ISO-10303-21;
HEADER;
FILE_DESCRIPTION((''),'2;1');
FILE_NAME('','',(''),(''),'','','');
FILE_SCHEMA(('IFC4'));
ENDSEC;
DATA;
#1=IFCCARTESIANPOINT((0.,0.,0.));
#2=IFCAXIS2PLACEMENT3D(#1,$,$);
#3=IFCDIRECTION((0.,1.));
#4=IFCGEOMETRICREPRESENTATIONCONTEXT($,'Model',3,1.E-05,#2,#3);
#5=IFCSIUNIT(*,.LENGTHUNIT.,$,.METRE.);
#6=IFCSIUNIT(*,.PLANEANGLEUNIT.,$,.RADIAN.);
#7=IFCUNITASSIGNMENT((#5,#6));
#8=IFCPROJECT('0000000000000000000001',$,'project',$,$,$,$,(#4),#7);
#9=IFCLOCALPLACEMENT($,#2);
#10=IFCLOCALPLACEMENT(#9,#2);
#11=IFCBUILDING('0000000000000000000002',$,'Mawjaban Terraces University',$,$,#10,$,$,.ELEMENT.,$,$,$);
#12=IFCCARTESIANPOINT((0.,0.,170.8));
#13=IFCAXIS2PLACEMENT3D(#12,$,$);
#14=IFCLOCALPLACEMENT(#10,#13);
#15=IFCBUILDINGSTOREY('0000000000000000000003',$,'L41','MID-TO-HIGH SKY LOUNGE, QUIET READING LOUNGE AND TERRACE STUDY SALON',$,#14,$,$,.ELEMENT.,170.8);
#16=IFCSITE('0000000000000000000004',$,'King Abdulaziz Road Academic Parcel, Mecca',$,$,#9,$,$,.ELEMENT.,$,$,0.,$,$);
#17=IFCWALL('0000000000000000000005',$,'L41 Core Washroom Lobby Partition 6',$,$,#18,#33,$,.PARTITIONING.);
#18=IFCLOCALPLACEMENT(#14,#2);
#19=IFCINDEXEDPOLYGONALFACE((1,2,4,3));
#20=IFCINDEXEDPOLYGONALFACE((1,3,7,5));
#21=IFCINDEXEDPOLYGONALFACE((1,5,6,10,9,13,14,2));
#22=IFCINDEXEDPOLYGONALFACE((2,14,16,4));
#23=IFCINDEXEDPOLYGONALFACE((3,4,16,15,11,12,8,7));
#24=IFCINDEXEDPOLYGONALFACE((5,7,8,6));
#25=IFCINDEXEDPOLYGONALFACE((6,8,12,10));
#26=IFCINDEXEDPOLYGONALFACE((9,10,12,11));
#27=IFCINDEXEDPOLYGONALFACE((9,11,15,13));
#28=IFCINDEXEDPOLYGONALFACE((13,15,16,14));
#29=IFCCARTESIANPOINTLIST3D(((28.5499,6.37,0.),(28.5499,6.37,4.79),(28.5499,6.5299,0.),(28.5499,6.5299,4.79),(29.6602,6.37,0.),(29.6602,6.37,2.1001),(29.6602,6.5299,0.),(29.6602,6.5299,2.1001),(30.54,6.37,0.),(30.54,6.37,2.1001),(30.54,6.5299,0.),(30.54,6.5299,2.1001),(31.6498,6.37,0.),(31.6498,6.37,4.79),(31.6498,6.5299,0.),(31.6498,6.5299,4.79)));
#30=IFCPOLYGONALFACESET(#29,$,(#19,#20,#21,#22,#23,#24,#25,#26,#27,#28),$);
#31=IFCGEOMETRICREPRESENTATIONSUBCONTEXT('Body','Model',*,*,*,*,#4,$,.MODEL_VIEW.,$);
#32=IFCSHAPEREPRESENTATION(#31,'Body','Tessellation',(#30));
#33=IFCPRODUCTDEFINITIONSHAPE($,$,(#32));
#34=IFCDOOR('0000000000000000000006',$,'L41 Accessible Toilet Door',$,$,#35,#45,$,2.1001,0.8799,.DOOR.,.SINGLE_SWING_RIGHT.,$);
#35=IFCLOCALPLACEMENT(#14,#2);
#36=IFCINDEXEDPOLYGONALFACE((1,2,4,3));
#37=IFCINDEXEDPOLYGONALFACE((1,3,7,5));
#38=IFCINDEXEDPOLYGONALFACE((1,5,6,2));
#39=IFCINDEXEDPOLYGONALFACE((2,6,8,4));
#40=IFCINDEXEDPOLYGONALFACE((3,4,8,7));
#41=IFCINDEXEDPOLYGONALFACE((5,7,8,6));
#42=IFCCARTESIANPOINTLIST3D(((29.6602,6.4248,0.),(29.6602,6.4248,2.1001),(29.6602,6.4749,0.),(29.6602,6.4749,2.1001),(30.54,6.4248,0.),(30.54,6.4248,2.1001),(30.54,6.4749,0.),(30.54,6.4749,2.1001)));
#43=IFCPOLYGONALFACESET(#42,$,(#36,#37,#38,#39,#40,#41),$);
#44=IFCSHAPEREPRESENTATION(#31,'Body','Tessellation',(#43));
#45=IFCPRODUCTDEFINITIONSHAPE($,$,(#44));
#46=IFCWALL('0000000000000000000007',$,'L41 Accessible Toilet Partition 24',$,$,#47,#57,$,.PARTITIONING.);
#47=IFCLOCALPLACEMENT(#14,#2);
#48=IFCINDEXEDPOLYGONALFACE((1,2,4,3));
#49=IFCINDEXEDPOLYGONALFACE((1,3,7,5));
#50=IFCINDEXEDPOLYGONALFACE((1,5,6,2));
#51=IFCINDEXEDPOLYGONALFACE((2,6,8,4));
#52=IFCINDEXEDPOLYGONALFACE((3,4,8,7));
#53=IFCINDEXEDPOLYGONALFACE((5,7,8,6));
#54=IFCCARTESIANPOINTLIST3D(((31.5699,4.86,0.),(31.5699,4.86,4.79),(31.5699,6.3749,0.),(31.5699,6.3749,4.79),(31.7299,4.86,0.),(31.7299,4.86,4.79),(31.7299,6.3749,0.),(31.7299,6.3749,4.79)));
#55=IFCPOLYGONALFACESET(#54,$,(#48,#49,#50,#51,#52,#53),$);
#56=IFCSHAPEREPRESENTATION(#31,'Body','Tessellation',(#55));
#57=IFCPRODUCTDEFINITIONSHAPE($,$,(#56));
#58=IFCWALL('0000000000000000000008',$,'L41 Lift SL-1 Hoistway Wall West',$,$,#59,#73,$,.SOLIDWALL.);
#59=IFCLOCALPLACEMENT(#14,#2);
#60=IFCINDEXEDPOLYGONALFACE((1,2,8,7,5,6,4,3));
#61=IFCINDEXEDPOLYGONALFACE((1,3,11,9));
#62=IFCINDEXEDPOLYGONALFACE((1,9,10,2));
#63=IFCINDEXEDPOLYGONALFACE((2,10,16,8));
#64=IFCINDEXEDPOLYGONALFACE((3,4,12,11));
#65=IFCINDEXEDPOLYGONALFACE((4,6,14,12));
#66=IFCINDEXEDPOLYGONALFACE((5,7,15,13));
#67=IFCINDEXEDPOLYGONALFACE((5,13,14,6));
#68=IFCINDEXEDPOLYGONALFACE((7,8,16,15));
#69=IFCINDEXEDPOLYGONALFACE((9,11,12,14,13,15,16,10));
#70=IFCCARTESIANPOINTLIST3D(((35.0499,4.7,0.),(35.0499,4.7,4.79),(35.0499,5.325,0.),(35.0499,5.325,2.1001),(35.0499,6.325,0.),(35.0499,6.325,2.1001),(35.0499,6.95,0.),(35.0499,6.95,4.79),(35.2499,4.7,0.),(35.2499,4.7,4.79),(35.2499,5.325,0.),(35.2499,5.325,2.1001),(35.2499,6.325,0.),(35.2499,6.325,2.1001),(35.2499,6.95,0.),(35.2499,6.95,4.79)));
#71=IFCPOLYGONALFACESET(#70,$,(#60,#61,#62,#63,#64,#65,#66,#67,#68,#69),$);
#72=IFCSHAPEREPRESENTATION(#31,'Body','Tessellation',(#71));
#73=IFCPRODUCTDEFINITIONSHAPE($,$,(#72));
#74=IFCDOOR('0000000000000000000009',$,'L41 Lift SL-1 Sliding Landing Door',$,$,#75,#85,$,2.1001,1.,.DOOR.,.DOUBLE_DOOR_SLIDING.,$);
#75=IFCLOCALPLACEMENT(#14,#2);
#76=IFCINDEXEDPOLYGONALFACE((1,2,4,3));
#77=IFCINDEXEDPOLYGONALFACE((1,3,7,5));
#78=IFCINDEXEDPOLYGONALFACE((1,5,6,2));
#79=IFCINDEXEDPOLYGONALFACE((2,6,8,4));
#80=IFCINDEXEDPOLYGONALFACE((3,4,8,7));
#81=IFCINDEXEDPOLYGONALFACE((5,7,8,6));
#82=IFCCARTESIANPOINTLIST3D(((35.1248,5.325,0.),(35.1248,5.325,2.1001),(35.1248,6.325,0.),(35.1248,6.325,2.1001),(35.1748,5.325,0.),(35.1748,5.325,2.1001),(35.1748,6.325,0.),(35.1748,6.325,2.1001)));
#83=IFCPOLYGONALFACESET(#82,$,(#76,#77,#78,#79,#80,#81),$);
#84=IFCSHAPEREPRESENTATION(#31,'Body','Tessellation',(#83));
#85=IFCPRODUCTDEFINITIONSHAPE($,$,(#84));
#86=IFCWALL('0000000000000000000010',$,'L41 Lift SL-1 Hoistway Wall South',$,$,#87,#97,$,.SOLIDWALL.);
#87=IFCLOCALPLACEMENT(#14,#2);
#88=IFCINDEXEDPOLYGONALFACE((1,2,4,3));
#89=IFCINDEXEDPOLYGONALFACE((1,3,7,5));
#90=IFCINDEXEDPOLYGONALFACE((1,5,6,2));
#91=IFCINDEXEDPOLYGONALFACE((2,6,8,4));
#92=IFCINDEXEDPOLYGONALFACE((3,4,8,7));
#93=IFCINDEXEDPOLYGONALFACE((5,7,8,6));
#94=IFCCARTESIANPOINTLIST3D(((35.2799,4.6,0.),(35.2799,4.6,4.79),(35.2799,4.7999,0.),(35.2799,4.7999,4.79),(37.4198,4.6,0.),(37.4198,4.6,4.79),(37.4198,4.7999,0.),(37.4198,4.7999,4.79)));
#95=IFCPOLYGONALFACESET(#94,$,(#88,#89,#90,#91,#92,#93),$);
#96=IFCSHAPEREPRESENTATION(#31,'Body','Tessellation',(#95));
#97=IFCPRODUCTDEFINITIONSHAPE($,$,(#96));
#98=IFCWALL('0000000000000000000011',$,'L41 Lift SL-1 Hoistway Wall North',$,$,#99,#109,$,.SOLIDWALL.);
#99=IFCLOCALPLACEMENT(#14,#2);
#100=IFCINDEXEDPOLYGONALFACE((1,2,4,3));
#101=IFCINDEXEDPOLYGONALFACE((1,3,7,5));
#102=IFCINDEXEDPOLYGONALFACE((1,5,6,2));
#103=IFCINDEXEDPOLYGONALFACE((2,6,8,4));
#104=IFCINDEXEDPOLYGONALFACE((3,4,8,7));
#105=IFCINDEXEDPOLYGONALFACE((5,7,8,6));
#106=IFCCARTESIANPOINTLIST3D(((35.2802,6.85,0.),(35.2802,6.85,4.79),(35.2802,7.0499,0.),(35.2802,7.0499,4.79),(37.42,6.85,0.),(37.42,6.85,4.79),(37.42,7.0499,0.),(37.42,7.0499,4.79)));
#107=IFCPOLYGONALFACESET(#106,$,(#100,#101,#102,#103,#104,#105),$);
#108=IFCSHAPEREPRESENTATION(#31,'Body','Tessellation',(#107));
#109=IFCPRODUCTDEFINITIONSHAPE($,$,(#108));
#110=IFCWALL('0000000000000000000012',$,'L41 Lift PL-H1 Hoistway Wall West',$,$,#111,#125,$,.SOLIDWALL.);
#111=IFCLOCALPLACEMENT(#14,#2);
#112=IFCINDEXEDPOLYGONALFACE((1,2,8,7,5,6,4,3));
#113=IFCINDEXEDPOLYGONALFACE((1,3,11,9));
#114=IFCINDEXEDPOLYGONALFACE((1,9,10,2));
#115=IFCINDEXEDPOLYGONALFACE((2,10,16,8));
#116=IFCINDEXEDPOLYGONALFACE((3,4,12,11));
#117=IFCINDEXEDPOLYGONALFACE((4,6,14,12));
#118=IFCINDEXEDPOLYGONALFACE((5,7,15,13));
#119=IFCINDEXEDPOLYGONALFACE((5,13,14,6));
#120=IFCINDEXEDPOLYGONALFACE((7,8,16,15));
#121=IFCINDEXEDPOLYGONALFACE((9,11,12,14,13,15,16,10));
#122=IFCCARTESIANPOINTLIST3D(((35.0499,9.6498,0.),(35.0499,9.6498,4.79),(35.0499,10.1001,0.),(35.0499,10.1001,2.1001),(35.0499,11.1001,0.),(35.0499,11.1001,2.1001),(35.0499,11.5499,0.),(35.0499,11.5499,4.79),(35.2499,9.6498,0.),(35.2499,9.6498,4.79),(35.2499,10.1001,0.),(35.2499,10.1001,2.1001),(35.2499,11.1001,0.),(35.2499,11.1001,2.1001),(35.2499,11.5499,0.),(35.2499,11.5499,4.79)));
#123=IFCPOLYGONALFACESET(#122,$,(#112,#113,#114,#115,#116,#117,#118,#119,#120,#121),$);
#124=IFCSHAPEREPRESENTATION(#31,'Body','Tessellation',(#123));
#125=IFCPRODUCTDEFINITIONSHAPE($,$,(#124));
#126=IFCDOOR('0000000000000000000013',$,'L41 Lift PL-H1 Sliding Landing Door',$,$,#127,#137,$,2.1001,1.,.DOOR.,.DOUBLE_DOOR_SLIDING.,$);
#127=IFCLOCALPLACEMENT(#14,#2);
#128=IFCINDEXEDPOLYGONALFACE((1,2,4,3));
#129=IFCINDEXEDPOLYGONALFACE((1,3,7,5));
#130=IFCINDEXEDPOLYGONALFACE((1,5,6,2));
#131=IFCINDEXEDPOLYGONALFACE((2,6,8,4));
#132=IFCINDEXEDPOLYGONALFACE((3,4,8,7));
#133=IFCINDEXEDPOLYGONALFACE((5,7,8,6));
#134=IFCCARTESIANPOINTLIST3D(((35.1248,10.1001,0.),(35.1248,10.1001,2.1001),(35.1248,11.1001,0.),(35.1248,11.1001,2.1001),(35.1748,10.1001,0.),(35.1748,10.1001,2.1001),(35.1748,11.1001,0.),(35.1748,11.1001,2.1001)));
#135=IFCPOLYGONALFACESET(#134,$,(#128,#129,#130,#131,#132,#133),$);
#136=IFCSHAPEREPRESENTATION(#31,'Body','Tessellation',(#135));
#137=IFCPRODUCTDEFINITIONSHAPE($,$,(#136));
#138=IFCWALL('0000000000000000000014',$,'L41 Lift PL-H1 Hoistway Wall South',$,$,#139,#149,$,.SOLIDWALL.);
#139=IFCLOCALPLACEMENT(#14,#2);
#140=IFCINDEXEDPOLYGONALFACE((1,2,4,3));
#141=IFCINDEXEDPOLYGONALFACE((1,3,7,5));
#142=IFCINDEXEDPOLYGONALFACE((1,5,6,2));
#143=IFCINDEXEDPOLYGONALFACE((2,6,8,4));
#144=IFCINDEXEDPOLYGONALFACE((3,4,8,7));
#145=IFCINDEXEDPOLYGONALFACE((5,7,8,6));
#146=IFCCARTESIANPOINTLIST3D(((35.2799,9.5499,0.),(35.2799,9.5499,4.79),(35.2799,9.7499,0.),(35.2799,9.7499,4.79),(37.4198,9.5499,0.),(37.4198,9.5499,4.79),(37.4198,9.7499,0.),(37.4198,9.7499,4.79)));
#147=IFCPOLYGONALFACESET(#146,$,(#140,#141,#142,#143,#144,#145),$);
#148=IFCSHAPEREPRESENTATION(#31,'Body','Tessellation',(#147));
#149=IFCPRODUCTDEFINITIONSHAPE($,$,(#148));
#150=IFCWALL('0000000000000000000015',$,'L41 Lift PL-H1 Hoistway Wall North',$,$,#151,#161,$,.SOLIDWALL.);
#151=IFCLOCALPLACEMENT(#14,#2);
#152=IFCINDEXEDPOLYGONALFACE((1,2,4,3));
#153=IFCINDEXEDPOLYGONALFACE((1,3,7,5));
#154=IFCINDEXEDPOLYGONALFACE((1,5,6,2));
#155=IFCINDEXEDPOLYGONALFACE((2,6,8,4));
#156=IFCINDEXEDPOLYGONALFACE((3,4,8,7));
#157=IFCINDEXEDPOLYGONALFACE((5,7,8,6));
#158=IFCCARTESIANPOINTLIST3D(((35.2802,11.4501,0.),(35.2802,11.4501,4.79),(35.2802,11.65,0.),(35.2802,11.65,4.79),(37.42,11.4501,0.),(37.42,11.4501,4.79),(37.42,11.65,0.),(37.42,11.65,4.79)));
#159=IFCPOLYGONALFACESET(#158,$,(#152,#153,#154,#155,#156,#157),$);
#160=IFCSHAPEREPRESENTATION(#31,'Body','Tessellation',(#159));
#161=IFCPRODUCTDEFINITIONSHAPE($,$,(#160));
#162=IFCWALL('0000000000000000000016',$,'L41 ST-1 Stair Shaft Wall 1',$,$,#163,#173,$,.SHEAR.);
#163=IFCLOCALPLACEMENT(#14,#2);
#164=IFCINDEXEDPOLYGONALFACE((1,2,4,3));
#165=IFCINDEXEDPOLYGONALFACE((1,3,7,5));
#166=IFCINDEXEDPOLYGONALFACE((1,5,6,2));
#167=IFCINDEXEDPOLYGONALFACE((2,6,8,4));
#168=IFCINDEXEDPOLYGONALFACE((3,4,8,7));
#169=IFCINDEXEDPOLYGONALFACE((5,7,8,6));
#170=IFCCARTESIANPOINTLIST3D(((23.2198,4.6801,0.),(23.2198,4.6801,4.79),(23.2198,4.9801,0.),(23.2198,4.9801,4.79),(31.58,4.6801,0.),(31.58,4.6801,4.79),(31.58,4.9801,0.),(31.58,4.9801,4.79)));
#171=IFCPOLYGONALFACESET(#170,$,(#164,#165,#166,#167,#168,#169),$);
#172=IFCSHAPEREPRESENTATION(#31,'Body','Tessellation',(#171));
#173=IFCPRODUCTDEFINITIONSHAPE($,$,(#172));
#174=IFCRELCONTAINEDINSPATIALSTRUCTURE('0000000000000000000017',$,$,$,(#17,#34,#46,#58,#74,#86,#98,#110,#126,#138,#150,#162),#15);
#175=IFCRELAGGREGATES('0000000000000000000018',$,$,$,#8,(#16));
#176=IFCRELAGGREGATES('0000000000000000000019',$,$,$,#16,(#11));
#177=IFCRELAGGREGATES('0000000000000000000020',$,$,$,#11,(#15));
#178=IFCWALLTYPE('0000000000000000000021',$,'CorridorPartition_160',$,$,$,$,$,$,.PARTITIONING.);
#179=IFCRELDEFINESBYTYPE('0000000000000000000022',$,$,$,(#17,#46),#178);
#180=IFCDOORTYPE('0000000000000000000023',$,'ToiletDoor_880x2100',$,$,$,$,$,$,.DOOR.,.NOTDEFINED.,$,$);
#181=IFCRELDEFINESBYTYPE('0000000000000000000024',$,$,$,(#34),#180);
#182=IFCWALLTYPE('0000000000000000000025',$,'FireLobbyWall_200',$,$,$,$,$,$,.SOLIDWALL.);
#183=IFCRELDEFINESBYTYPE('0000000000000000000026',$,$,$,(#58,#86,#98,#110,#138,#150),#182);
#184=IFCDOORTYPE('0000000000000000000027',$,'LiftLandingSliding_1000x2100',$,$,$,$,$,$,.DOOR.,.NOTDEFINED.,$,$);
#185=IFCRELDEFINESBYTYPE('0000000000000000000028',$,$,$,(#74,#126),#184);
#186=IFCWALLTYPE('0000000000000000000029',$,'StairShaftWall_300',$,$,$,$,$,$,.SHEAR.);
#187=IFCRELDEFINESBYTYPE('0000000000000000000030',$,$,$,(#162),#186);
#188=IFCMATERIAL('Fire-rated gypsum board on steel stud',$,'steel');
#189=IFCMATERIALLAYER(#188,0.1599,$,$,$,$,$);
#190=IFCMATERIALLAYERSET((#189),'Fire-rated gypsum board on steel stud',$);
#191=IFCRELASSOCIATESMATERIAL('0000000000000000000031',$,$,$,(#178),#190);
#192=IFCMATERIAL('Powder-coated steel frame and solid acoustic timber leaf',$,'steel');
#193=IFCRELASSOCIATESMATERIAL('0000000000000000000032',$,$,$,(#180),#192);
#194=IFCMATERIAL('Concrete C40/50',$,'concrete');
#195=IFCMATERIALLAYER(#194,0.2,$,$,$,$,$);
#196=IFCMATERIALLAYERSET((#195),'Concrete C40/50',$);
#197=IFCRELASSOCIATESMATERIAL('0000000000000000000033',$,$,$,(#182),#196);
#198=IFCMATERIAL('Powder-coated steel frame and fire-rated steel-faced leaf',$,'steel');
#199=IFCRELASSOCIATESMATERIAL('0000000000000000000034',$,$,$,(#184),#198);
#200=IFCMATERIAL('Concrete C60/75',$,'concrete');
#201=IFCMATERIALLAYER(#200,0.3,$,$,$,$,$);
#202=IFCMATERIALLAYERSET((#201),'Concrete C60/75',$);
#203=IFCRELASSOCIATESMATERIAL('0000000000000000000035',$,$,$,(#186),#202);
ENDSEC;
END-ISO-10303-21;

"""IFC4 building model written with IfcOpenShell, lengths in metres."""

from ifc_helpers import new_model, si_unit, direction, frame, frame_2d, origin, place, context, subcontext, project, spatial, rectangle, extrude, material, layer, layer_set, type_object, element, fill, save


model = new_model("IFC4")

# Units and contexts
model_context = context("Model", 3, precision=1e-05, world=origin(), true_north=direction((0.0, 1.0)))
body_context = subcontext(model_context, "Body", "Model", "MODEL_VIEW")
ifc_project = project(units=[si_unit("LENGTHUNIT", "METRE"), si_unit("PLANEANGLEUNIT", "RADIAN")], contexts=[model_context])

# Site, building, storey
site_placement = place(None, origin())
site = spatial("IfcSite", under=ifc_project, at=site_placement, Name="King Abdulaziz Road Academic Parcel, Mecca", CompositionType="ELEMENT", RefElevation=0.0)
building_placement = place(site_placement, origin())
building = spatial("IfcBuilding", under=site, at=building_placement, Name="Mawjaban Terraces University", CompositionType="ELEMENT")
storey_placement = place(building_placement, frame((0.0, 0.0, 170.8)))
storey = spatial("IfcBuildingStorey", under=building, at=storey_placement, Name="L41", Description="MID-TO-HIGH SKY LOUNGE, QUIET READING LOUNGE AND TERRACE STUDY SALON", CompositionType="ELEMENT", Elevation=170.8)

# Wall, opening, door
ifc_material_1 = material(Name="Fire-rated gypsum board on steel stud", Category="steel")
ifc_layer_1 = layer(ifc_material_1, 0.1599)
ifc_layer_set_1 = layer_set([ifc_layer_1], Name="Fire-rated gypsum board on steel stud")
wall_type_1 = type_object("IfcWallType", Name="CorridorPartition_160", PredefinedType="PARTITIONING", material=ifc_layer_set_1)
wall_1_placement = place(storey_placement, frame((28.55, 6.45, 0.0), z_axis=(0.0, 0.0, 1.0), x_axis=(1.0, 0.0, 0.0)))
wall_1 = element("IfcWall", 1, at=wall_1_placement, inside=storey, type_object=wall_type_1, Name="L41 Core Washroom Lobby Partition 6", PredefinedType="PARTITIONING", context=body_context, shape_type="SweptSolid", body=[
    extrude(rectangle(XDim=3.0999, YDim=0.1599, at=frame_2d((1.5498, 0.0))), origin(), (0.0, 0.0, 1.0), 4.79),
])
opening_1_placement = place(wall_1_placement, frame((1.1101, 0.0, 0.0)))
opening_1 = element("IfcOpeningElement", 2, at=opening_1_placement, cuts=wall_1, PredefinedType="OPENING", context=body_context, shape_type="SweptSolid", body=[
    extrude(rectangle(XDim=0.8799, YDim=2.1001, at=frame_2d((0.4399, 1.05))), frame((0.0, 0.0898, 0.0), z_axis=(0.0, -1.0, 0.0), x_axis=(1.0, 0.0, 0.0)), (0.0, 0.0, 1.0), 0.1799),
])
ifc_material_2 = material(Name="Powder-coated steel frame and solid acoustic timber leaf", Category="steel")
door_type_1 = type_object("IfcDoorType", Name="ToiletDoor_880x2100", OperationType="NOTDEFINED", PredefinedType="DOOR", material=ifc_material_2)
door_1_placement = place(opening_1_placement, origin())
door_1 = element("IfcDoor", 3, at=door_1_placement, inside=storey, type_object=door_type_1, Name="L41 Accessible Toilet Door", OperationType="SINGLE_SWING_RIGHT", OverallHeight=2.1001, OverallWidth=0.8799, PredefinedType="DOOR", context=body_context, shape_type="SweptSolid", body=[
    extrude(rectangle(XDim=0.8799, YDim=2.1001, at=frame_2d((0.4399, 1.05))), frame((0.0, 0.0249, 0.0), z_axis=(0.0, -1.0, 0.0), x_axis=(1.0, 0.0, 0.0)), (0.0, 0.0, 1.0), 0.05),
])
fill(opening_1, door_1)

# Wall
wall_2_placement = place(storey_placement, frame((31.6499, 4.8601, 0.0), z_axis=(0.0, 0.0, 1.0), x_axis=(0.0, 1.0, 0.0)))
element("IfcWall", 4, at=wall_2_placement, inside=storey, type_object=wall_type_1, Name="L41 Accessible Toilet Partition 24", PredefinedType="PARTITIONING", context=body_context, shape_type="SweptSolid", body=[
    extrude(rectangle(XDim=1.5149, YDim=0.1599, at=frame_2d((0.7573, 0.0))), origin(), (0.0, 0.0, 1.0), 4.79),
])

# Wall, opening, door
ifc_material_3 = material(Name="Concrete C40/50", Category="concrete")
ifc_layer_2 = layer(ifc_material_3, 0.2)
ifc_layer_set_2 = layer_set([ifc_layer_2], Name="Concrete C40/50")
wall_type_2 = type_object("IfcWallType", Name="FireLobbyWall_200", PredefinedType="SOLIDWALL", material=ifc_layer_set_2)
wall_3_placement = place(storey_placement, frame((35.1499, 6.95, 0.0), z_axis=(0.0, 0.0, 1.0), x_axis=(0.0, -1.0, 0.0)))
wall_3 = element("IfcWall", 5, at=wall_3_placement, inside=storey, type_object=wall_type_2, Name="L41 Lift SL-1 Hoistway Wall West", PredefinedType="SOLIDWALL", context=body_context, shape_type="SweptSolid", body=[
    extrude(rectangle(XDim=2.25, YDim=0.2, at=frame_2d((1.125, 0.0))), origin(), (0.0, 0.0, 1.0), 4.79),
])
opening_2_placement = place(wall_3_placement, frame((0.625, 0.0, 0.0)))
opening_2 = element("IfcOpeningElement", 6, at=opening_2_placement, cuts=wall_3, PredefinedType="OPENING", context=body_context, shape_type="SweptSolid", body=[
    extrude(rectangle(XDim=1.0, YDim=2.1001, at=frame_2d((0.5, 1.05))), frame((0.0, 0.1099, 0.0), z_axis=(0.0, -1.0, 0.0), x_axis=(1.0, 0.0, 0.0)), (0.0, 0.0, 1.0), 0.22),
])
ifc_material_4 = material(Name="Powder-coated steel frame and fire-rated steel-faced leaf", Category="steel")
door_type_2 = type_object("IfcDoorType", Name="LiftLandingSliding_1000x2100", OperationType="NOTDEFINED", PredefinedType="DOOR", material=ifc_material_4)
door_2_placement = place(opening_2_placement, origin())
door_2 = element("IfcDoor", 7, at=door_2_placement, inside=storey, type_object=door_type_2, Name="L41 Lift SL-1 Sliding Landing Door", OperationType="DOUBLE_DOOR_SLIDING", OverallHeight=2.1001, OverallWidth=1.0, PredefinedType="DOOR", context=body_context, shape_type="SweptSolid", body=[
    extrude(rectangle(XDim=1.0, YDim=2.1001, at=frame_2d((0.5, 1.05))), frame((0.0, 0.0249, 0.0), z_axis=(0.0, -1.0, 0.0), x_axis=(1.0, 0.0, 0.0)), (0.0, 0.0, 1.0), 0.05),
])
fill(opening_2, door_2)

# Walls
for number, where, z_axis, x_axis, name in (
    (8, (35.28, 4.7, 0.0), (0.0, 0.0, 1.0), (1.0, 0.0, 0.0), "L41 Lift SL-1 Hoistway Wall South"),
    (9, (37.4199, 6.95, 0.0), (0.0, 0.0, 1.0), (-1.0, 0.0, 0.0), "L41 Lift SL-1 Hoistway Wall North"),
):
    element("IfcWall", number, at=place(storey_placement, frame(where, z_axis=z_axis, x_axis=x_axis)), inside=storey, type_object=wall_type_2, Name=name, PredefinedType="SOLIDWALL", context=body_context, shape_type="SweptSolid", body=[
        extrude(rectangle(XDim=2.1399, YDim=0.2, at=frame_2d((1.0698, 0.0))), origin(), (0.0, 0.0, 1.0), 4.79),
    ])

# Wall, opening, door
wall_4_placement = place(storey_placement, frame((35.1499, 11.55, 0.0), z_axis=(0.0, 0.0, 1.0), x_axis=(0.0, -1.0, 0.0)))
wall_4 = element("IfcWall", 10, at=wall_4_placement, inside=storey, type_object=wall_type_2, Name="L41 Lift PL-H1 Hoistway Wall West", PredefinedType="SOLIDWALL", context=body_context, shape_type="SweptSolid", body=[
    extrude(rectangle(XDim=1.9001, YDim=0.2, at=frame_2d((0.9502, 0.0))), origin(), (0.0, 0.0, 1.0), 4.79),
])
opening_3_placement = place(wall_4_placement, frame((0.45, 0.0, 0.0)))
opening_3 = element("IfcOpeningElement", 11, at=opening_3_placement, cuts=wall_4, PredefinedType="OPENING", context=body_context, shape_type="SweptSolid", body=[
    extrude(rectangle(XDim=1.0, YDim=2.1001, at=frame_2d((0.5, 1.05))), frame((0.0, 0.1099, 0.0), z_axis=(0.0, -1.0, 0.0), x_axis=(1.0, 0.0, 0.0)), (0.0, 0.0, 1.0), 0.22),
])
door_3_placement = place(opening_3_placement, origin())
door_3 = element("IfcDoor", 12, at=door_3_placement, inside=storey, type_object=door_type_2, Name="L41 Lift PL-H1 Sliding Landing Door", OperationType="DOUBLE_DOOR_SLIDING", OverallHeight=2.1001, OverallWidth=1.0, PredefinedType="DOOR", context=body_context, shape_type="SweptSolid", body=[
    extrude(rectangle(XDim=1.0, YDim=2.1001, at=frame_2d((0.5, 1.05))), frame((0.0, 0.0249, 0.0), z_axis=(0.0, -1.0, 0.0), x_axis=(1.0, 0.0, 0.0)), (0.0, 0.0, 1.0), 0.05),
])
fill(opening_3, door_3)

# Walls
for number, where, z_axis, x_axis, name in (
    (13, (35.28, 9.6499, 0.0), (0.0, 0.0, 1.0), (1.0, 0.0, 0.0), "L41 Lift PL-H1 Hoistway Wall South"),
    (14, (37.4199, 11.55, 0.0), (0.0, 0.0, 1.0), (-1.0, 0.0, 0.0), "L41 Lift PL-H1 Hoistway Wall North"),
):
    element("IfcWall", number, at=place(storey_placement, frame(where, z_axis=z_axis, x_axis=x_axis)), inside=storey, type_object=wall_type_2, Name=name, PredefinedType="SOLIDWALL", context=body_context, shape_type="SweptSolid", body=[
        extrude(rectangle(XDim=2.1399, YDim=0.2, at=frame_2d((1.0698, 0.0))), origin(), (0.0, 0.0, 1.0), 4.79),
    ])

# Wall
ifc_material_5 = material(Name="Concrete C60/75", Category="concrete")
ifc_layer_3 = layer(ifc_material_5, 0.3)
ifc_layer_set_3 = layer_set([ifc_layer_3], Name="Concrete C60/75")
wall_type_3 = type_object("IfcWallType", Name="StairShaftWall_300", PredefinedType="SHEAR", material=ifc_layer_set_3)
wall_5_placement = place(storey_placement, frame((31.5801, 4.8301, 0.0), z_axis=(0.0, 0.0, 1.0), x_axis=(-1.0, 0.0, 0.0)))
element("IfcWall", 15, at=wall_5_placement, inside=storey, type_object=wall_type_3, Name="L41 ST-1 Stair Shaft Wall 1", PredefinedType="SHEAR", context=body_context, shape_type="SweptSolid", body=[
    extrude(rectangle(XDim=8.3601, YDim=0.3, at=frame_2d((4.1802, 0.0))), origin(), (0.0, 0.0, 1.0), 4.79),
])

save(model, "model.ifc")
